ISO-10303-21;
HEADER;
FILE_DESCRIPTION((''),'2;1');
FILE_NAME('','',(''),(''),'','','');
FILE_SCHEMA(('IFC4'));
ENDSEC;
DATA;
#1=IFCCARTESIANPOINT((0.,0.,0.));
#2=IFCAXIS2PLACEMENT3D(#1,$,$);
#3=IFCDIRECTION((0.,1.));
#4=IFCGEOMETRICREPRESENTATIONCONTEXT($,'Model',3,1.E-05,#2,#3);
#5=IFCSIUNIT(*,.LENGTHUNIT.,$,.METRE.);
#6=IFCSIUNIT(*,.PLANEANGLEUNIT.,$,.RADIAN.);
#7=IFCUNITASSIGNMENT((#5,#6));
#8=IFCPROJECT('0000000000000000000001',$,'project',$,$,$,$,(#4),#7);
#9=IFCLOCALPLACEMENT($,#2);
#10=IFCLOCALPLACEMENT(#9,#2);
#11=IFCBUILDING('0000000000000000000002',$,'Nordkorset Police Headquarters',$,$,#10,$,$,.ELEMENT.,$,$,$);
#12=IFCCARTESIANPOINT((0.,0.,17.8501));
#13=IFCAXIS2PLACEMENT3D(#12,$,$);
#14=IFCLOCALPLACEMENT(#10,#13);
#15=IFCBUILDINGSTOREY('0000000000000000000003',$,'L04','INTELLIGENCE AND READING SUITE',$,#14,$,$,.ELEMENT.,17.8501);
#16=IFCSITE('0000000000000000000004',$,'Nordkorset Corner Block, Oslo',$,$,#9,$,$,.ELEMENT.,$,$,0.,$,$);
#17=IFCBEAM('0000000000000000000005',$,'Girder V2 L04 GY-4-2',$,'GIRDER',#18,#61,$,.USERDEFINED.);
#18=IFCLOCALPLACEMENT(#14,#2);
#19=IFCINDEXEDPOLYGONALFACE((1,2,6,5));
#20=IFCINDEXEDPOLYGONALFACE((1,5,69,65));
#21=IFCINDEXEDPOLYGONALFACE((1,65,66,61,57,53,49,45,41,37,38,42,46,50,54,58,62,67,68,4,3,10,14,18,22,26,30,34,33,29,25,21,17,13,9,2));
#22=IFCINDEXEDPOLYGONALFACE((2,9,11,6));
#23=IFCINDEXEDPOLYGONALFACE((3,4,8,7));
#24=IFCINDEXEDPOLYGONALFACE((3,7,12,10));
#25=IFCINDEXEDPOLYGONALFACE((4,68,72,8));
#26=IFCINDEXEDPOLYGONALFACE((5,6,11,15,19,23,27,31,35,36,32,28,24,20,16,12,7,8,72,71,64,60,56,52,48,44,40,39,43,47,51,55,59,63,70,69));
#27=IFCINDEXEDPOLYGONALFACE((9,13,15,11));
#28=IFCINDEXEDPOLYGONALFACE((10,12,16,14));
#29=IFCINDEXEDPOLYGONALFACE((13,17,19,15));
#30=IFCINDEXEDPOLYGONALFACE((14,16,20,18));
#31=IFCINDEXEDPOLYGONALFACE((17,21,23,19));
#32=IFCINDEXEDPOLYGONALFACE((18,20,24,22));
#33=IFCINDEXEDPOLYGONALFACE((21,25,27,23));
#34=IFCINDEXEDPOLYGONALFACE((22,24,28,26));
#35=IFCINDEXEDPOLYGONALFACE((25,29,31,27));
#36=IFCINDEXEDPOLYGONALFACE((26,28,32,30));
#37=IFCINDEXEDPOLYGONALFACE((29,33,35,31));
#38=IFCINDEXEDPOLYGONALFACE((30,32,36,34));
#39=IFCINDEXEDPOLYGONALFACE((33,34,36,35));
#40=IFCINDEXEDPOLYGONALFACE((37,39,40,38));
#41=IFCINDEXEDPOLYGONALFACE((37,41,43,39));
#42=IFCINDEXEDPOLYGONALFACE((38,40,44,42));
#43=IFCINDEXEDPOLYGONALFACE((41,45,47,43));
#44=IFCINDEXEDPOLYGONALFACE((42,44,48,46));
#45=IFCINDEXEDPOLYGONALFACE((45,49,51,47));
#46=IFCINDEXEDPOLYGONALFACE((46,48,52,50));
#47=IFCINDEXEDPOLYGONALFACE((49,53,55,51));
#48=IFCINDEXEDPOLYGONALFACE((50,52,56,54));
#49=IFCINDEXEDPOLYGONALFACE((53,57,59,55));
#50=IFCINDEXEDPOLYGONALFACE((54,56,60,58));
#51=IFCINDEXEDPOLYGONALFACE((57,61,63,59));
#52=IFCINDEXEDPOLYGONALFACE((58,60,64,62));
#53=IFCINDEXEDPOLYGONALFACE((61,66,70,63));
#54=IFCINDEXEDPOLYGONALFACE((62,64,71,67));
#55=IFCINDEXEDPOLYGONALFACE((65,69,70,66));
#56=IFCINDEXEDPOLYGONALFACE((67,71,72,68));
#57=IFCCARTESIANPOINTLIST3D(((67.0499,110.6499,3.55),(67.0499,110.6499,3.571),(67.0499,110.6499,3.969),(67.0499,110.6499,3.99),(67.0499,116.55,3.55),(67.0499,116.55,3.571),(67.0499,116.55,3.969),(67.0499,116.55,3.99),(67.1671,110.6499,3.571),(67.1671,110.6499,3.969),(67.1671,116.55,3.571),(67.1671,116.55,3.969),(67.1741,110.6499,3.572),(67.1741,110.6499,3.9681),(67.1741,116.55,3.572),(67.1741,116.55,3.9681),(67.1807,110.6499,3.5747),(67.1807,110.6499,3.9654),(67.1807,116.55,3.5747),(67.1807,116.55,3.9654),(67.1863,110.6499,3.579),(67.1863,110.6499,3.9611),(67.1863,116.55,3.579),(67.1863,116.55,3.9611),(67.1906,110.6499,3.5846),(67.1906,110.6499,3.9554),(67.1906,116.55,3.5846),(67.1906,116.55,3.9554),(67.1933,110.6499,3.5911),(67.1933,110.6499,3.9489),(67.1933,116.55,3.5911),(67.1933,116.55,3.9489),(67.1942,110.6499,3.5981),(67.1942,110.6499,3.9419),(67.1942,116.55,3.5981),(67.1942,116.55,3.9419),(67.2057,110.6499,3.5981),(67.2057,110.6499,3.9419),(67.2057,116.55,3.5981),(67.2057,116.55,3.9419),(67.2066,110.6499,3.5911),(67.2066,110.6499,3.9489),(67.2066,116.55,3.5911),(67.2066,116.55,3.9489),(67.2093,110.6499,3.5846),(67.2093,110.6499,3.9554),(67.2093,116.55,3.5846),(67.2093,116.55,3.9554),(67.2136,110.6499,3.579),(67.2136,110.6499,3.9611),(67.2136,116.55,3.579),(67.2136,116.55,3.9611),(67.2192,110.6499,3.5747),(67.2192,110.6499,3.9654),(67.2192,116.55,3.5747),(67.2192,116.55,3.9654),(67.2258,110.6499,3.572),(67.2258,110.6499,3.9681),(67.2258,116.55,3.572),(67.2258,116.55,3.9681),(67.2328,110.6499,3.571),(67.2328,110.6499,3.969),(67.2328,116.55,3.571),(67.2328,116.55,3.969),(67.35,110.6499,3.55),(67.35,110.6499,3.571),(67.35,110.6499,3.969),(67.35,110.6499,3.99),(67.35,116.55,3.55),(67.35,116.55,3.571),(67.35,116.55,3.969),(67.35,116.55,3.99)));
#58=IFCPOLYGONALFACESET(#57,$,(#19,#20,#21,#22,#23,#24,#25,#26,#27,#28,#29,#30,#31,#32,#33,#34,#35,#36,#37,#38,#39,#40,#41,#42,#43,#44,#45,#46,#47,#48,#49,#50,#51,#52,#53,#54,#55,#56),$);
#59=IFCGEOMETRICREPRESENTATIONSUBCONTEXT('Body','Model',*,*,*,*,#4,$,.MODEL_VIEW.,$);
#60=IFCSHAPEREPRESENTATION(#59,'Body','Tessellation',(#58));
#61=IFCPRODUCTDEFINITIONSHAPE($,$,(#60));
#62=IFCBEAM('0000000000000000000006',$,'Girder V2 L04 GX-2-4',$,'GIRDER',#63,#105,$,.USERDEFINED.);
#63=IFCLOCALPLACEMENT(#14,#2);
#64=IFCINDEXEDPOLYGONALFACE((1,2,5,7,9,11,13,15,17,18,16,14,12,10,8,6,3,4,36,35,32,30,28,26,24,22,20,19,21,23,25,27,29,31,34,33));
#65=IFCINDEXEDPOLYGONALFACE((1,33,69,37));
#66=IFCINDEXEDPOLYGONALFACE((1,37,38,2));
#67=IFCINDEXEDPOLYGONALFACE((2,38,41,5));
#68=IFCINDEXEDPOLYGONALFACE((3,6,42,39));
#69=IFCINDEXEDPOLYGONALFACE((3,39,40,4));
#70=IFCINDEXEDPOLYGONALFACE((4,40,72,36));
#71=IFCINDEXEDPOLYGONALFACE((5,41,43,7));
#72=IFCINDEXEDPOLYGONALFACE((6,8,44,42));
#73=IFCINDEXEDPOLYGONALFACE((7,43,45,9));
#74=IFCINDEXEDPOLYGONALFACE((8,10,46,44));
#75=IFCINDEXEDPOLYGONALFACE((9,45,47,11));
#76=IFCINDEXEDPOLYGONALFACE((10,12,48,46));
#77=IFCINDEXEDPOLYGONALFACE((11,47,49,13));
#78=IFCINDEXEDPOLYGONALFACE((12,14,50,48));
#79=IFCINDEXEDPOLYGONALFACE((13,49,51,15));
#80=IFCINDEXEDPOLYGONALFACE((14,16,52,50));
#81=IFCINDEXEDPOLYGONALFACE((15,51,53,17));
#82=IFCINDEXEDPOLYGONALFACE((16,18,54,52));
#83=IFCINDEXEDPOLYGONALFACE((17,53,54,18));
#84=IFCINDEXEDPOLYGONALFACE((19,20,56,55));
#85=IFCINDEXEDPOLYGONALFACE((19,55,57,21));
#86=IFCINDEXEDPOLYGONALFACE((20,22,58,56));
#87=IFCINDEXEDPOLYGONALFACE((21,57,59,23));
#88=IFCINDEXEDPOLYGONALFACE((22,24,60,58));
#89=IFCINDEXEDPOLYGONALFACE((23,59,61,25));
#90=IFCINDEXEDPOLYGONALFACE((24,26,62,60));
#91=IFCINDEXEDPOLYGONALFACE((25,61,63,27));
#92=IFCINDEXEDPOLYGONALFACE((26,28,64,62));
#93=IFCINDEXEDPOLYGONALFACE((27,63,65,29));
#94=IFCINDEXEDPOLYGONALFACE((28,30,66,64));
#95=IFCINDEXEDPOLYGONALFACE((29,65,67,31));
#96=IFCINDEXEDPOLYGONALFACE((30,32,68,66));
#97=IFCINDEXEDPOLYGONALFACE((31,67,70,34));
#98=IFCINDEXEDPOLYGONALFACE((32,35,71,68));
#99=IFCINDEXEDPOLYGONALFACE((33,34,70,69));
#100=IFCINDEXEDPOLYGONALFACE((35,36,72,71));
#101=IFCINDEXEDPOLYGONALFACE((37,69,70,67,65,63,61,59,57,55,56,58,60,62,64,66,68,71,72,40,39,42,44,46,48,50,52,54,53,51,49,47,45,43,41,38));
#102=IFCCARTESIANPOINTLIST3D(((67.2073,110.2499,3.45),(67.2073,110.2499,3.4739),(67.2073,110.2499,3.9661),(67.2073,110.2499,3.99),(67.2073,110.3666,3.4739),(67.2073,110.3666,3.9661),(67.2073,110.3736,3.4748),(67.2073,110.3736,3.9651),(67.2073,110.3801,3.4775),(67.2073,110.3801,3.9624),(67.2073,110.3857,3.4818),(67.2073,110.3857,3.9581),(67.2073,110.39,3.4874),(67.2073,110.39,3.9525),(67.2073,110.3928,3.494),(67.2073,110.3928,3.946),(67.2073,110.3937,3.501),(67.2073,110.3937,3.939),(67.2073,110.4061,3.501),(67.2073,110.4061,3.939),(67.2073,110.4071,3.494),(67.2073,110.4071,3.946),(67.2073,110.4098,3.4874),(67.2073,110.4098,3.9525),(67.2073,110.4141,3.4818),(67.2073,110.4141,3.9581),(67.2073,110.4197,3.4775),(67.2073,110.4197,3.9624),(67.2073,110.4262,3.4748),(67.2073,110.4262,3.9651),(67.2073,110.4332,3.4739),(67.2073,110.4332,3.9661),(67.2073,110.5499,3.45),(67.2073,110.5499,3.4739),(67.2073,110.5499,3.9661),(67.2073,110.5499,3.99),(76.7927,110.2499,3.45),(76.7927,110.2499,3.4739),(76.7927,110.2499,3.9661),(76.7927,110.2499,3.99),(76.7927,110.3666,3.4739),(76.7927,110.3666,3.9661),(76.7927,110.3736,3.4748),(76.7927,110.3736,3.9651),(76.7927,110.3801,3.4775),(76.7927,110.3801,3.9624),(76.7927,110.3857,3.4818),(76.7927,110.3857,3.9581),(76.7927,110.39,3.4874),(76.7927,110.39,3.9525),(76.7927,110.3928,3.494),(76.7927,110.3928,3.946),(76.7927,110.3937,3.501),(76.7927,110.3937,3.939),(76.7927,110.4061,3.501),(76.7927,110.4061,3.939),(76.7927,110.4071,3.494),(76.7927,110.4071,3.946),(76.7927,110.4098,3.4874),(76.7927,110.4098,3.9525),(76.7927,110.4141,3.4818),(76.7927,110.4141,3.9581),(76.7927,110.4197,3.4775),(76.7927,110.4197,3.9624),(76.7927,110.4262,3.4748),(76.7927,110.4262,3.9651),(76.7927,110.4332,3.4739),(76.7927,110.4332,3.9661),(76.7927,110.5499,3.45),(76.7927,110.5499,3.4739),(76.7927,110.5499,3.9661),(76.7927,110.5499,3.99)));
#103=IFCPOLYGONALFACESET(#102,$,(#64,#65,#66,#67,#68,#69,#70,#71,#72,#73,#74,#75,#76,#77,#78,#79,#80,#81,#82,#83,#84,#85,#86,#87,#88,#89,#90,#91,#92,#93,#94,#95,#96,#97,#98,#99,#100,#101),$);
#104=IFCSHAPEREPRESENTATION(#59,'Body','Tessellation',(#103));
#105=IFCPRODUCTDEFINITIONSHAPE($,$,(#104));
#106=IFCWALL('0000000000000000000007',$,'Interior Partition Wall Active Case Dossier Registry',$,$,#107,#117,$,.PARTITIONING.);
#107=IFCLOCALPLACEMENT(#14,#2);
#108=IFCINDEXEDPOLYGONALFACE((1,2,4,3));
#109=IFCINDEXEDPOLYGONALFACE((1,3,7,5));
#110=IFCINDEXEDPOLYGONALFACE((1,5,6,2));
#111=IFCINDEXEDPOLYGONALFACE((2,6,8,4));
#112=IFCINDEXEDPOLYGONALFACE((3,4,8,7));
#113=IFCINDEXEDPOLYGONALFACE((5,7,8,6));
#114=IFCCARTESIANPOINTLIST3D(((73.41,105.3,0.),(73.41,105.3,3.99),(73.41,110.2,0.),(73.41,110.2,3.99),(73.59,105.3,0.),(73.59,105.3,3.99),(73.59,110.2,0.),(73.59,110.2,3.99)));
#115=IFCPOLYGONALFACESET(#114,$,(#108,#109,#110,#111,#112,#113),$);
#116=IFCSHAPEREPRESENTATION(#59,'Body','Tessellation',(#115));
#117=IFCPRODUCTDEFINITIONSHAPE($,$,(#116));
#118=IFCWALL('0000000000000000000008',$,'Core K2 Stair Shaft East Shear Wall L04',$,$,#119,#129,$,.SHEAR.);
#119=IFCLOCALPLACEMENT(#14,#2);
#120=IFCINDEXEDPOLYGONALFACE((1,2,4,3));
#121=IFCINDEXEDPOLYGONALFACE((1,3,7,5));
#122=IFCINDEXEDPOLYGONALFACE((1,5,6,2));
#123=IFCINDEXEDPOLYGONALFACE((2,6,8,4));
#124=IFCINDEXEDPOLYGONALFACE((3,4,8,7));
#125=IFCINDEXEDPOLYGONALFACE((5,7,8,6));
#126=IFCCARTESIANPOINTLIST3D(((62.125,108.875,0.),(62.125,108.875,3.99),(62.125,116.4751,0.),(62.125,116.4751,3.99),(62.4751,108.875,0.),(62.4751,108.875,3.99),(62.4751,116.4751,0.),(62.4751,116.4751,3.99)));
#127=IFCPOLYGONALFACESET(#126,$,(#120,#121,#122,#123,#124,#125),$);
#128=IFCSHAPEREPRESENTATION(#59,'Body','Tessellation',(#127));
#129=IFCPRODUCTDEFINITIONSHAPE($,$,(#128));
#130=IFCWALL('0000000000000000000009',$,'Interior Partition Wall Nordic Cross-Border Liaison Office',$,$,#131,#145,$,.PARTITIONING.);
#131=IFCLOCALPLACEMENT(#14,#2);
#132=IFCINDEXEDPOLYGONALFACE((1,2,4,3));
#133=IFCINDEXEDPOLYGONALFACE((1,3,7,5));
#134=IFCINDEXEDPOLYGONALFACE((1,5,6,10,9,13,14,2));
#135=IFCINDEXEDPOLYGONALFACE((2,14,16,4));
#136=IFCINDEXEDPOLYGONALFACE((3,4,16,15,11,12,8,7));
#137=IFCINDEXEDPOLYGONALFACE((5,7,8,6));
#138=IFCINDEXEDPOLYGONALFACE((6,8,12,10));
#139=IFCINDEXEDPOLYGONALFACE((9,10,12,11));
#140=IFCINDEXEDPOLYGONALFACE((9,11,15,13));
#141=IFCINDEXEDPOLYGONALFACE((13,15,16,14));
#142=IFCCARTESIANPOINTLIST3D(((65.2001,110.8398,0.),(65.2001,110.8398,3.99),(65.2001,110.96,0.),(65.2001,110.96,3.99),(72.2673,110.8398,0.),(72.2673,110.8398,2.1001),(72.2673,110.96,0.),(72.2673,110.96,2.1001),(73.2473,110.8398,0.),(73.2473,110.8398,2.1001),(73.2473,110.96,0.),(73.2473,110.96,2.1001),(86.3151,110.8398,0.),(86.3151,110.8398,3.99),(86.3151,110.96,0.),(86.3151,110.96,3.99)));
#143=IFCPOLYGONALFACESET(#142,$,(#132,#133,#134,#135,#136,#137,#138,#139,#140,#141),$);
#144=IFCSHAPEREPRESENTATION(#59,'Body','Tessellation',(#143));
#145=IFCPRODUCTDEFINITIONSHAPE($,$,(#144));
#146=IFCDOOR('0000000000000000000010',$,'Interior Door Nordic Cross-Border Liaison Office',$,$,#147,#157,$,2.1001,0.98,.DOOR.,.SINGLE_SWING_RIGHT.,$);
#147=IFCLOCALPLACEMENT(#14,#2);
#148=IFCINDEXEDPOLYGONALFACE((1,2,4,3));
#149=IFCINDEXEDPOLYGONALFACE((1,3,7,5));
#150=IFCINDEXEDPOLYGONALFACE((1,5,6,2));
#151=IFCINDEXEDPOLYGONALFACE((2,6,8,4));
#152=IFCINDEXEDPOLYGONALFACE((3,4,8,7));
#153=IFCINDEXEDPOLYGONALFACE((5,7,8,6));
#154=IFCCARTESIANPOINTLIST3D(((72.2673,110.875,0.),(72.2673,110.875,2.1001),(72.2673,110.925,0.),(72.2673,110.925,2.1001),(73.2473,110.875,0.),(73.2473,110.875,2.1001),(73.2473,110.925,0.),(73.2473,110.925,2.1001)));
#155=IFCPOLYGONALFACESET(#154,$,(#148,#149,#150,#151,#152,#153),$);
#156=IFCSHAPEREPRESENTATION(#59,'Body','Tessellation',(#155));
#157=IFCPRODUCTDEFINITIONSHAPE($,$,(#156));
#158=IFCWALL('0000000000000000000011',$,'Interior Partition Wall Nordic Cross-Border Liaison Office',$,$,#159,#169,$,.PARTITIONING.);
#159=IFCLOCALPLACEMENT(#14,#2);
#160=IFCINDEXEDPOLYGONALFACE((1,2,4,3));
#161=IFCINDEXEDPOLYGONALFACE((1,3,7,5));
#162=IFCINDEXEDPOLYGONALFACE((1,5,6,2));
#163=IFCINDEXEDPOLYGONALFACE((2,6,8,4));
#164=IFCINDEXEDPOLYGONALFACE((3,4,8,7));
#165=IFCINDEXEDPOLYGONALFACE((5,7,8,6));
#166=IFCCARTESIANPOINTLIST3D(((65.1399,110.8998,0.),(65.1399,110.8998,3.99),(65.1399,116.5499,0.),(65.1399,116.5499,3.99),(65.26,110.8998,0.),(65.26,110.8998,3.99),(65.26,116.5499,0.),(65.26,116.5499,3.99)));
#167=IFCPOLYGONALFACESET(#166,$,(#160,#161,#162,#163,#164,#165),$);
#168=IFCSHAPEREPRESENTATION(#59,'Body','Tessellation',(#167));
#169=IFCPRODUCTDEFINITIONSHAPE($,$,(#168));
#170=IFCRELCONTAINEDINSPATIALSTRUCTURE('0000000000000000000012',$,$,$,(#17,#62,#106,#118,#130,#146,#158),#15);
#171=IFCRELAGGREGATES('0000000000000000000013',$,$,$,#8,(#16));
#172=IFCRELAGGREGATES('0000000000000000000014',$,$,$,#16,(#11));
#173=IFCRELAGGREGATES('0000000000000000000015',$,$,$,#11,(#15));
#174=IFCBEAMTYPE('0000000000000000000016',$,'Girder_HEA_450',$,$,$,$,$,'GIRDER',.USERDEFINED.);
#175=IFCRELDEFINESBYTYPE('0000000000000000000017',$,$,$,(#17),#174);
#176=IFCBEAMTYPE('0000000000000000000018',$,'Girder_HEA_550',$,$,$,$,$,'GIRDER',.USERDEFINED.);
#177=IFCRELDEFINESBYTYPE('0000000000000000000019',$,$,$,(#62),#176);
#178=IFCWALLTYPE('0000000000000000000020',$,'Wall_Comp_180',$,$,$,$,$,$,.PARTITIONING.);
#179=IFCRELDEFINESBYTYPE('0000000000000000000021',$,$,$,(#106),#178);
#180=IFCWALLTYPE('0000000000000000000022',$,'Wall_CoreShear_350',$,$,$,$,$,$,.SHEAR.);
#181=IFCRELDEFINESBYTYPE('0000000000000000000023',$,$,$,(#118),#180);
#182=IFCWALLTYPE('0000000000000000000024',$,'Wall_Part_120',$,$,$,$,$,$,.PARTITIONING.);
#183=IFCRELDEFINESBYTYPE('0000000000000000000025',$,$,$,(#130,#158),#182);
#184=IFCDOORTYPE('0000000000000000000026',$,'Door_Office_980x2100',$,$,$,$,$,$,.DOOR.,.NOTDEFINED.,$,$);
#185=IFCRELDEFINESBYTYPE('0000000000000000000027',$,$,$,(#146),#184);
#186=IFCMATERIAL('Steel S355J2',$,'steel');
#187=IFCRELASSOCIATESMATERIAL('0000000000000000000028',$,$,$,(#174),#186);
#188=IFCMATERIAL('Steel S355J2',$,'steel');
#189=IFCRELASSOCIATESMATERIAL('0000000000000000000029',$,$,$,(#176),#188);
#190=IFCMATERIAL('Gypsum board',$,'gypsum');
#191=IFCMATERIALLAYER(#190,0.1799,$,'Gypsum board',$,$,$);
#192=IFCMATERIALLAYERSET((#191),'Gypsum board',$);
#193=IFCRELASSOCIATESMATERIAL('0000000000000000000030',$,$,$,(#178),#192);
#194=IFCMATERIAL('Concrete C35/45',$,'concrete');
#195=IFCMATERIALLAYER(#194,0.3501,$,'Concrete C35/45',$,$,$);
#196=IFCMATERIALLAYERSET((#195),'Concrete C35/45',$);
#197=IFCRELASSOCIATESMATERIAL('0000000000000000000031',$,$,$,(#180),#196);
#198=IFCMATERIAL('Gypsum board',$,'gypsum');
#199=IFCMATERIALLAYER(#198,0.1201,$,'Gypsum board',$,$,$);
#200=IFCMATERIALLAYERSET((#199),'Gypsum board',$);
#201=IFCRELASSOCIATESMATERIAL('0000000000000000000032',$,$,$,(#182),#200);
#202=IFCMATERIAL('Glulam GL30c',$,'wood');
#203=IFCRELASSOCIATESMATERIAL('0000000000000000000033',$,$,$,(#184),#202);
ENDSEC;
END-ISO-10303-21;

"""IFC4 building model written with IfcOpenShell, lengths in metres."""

from ifc_helpers import new_model, si_unit, direction, frame, frame_2d, origin, origin_2d, place, context, subcontext, project, spatial, rectangle, i_section, extrude, material, layer, layer_set, material_profile, profile_set, type_object, element, fill, save


model = new_model("IFC4")

# Units and contexts
model_context = context("Model", 3, precision=1e-05, world=origin(), true_north=direction((0.0, 1.0)))
body_context = subcontext(model_context, "Body", "Model", "MODEL_VIEW")
ifc_project = project(units=[si_unit("LENGTHUNIT", "METRE"), si_unit("PLANEANGLEUNIT", "RADIAN")], contexts=[model_context])

# Site, building, storey
site_placement = place(None, origin())
site = spatial("IfcSite", under=ifc_project, at=site_placement, Name="Nordkorset Corner Block, Oslo", CompositionType="ELEMENT", RefElevation=0.0)
building_placement = place(site_placement, origin())
building = spatial("IfcBuilding", under=site, at=building_placement, Name="Nordkorset Police Headquarters", CompositionType="ELEMENT")
storey_placement = place(building_placement, frame((0.0, 0.0, 17.8501)))
storey = spatial("IfcBuildingStorey", under=building, at=storey_placement, Name="L04", Description="INTELLIGENCE AND READING SUITE", CompositionType="ELEMENT", Elevation=17.8501)

# Beams
ifc_material_1 = material(Name="Steel S355J2", Category="steel")
ifc_material_profile_1 = material_profile(ifc_material_1, i_section(OverallWidth=0.3, OverallDepth=0.4399, WebThickness=0.0115, FlangeThickness=0.021, FilletRadius=0.0271, at=origin_2d()), Name="HEA 450")
ifc_profile_set_1 = profile_set([ifc_material_profile_1], Name="Steel S355J2")
beam_type_1 = type_object("IfcBeamType", Name="Girder_HEA_450", ElementType="GIRDER", PredefinedType="USERDEFINED", material=ifc_profile_set_1)
beam_1_placement = place(storey_placement, frame((67.2, 110.6499, 3.77), z_axis=(0.0, 1.0, 0.0), x_axis=(-1.0, 0.0, 0.0)))
element("IfcBeam", 1, at=beam_1_placement, inside=storey, type_object=beam_type_1, Name="Girder V2 L04 GY-4-2", ObjectType="GIRDER", PredefinedType="USERDEFINED", context=body_context, shape_type="SweptSolid", body=[
    extrude(i_section(OverallWidth=0.3, OverallDepth=0.4399, WebThickness=0.0115, FlangeThickness=0.021, FilletRadius=0.0271, at=origin_2d()), origin(), (0.0, 0.0, 1.0), 5.9001),
])
ifc_material_2 = material(Name="Steel S355J2", Category="steel")
ifc_material_profile_2 = material_profile(ifc_material_2, i_section(OverallWidth=0.3, OverallDepth=0.54, WebThickness=0.0125, FlangeThickness=0.0239, FilletRadius=0.0271, at=origin_2d()), Name="HEA 550")
ifc_profile_set_2 = profile_set([ifc_material_profile_2], Name="Steel S355J2")
beam_type_2 = type_object("IfcBeamType", Name="Girder_HEA_550", ElementType="GIRDER", PredefinedType="USERDEFINED", material=ifc_profile_set_2)
beam_2_placement = place(storey_placement, frame((67.2073, 110.3999, 3.72), z_axis=(1.0, 0.0, 0.0), x_axis=(0.0, 1.0, 0.0)))
element("IfcBeam", 2, at=beam_2_placement, inside=storey, type_object=beam_type_2, Name="Girder V2 L04 GX-2-4", ObjectType="GIRDER", PredefinedType="USERDEFINED", context=body_context, shape_type="SweptSolid", body=[
    extrude(i_section(OverallWidth=0.3, OverallDepth=0.54, WebThickness=0.0125, FlangeThickness=0.0239, FilletRadius=0.0271, at=origin_2d()), origin(), (0.0, 0.0, 1.0), 9.5854),
])

# Walls
ifc_material_3 = material(Name="Gypsum board", Category="gypsum")
ifc_layer_1 = layer(ifc_material_3, 0.1799, Name="Gypsum board")
ifc_layer_set_1 = layer_set([ifc_layer_1], Name="Gypsum board")
wall_type_1 = type_object("IfcWallType", Name="Wall_Comp_180", PredefinedType="PARTITIONING", material=ifc_layer_set_1)
wall_1_placement = place(storey_placement, frame((73.5, 110.2, 0.0), z_axis=(0.0, 0.0, 1.0), x_axis=(0.0, -1.0, 0.0)))
element("IfcWall", 3, at=wall_1_placement, inside=storey, type_object=wall_type_1, Name="Interior Partition Wall Active Case Dossier Registry", PredefinedType="PARTITIONING", context=body_context, shape_type="SweptSolid", body=[
    extrude(rectangle(XDim=4.8999, YDim=0.1799, at=frame_2d((2.45, 0.0))), origin(), (0.0, 0.0, 1.0), 3.99),
])
ifc_material_4 = material(Name="Concrete C35/45", Category="concrete")
ifc_layer_2 = layer(ifc_material_4, 0.3501, Name="Concrete C35/45")
ifc_layer_set_2 = layer_set([ifc_layer_2], Name="Concrete C35/45")
wall_type_2 = type_object("IfcWallType", Name="Wall_CoreShear_350", PredefinedType="SHEAR", material=ifc_layer_set_2)
wall_2_placement = place(storey_placement, frame((62.3, 108.875, 0.0), z_axis=(0.0, 0.0, 1.0), x_axis=(0.0, 1.0, 0.0)))
element("IfcWall", 4, at=wall_2_placement, inside=storey, type_object=wall_type_2, Name="Core K2 Stair Shaft East Shear Wall L04", PredefinedType="SHEAR", context=body_context, shape_type="SweptSolid", body=[
    extrude(rectangle(XDim=7.6001, YDim=0.3501, at=frame_2d((3.8, 0.0))), origin(), (0.0, 0.0, 1.0), 3.99),
])

# Wall, opening, door
ifc_material_5 = material(Name="Gypsum board", Category="gypsum")
ifc_layer_3 = layer(ifc_material_5, 0.1201, Name="Gypsum board")
ifc_layer_set_3 = layer_set([ifc_layer_3], Name="Gypsum board")
wall_type_3 = type_object("IfcWallType", Name="Wall_Part_120", PredefinedType="PARTITIONING", material=ifc_layer_set_3)
wall_3_placement = place(storey_placement, frame((65.2, 110.8999, 0.0), z_axis=(0.0, 0.0, 1.0), x_axis=(1.0, 0.0, 0.0)))
wall_3 = element("IfcWall", 5, at=wall_3_placement, inside=storey, type_object=wall_type_3, Name="Interior Partition Wall Nordic Cross-Border Liaison Office", PredefinedType="PARTITIONING", context=body_context, shape_type="SweptSolid", body=[
    extrude(rectangle(XDim=21.115, YDim=0.1201, at=frame_2d((10.5576, 0.0))), origin(), (0.0, 0.0, 1.0), 3.99),
])
opening_1_placement = place(wall_3_placement, frame((7.0674, 0.0, 0.0)))
opening_1 = element("IfcOpeningElement", 6, at=opening_1_placement, cuts=wall_3, PredefinedType="OPENING", context=body_context, shape_type="SweptSolid", body=[
    extrude(rectangle(XDim=0.98, YDim=2.1001, at=frame_2d((0.49, 1.05))), frame((0.0, 0.0701, 0.0), z_axis=(0.0, -1.0, 0.0), x_axis=(1.0, 0.0, 0.0)), (0.0, 0.0, 1.0), 0.1401),
])
ifc_material_6 = material(Name="Glulam GL30c", Category="wood")
door_type_1 = type_object("IfcDoorType", Name="Door_Office_980x2100", OperationType="NOTDEFINED", PredefinedType="DOOR", material=ifc_material_6)
door_1_placement = place(opening_1_placement, frame((0.98, 0.0, 0.0), z_axis=(0.0, 0.0, 1.0), x_axis=(-1.0, 0.0, 0.0)))
door_1 = element("IfcDoor", 7, at=door_1_placement, inside=storey, type_object=door_type_1, Name="Interior Door Nordic Cross-Border Liaison Office", OperationType="SINGLE_SWING_RIGHT", OverallHeight=2.1001, OverallWidth=0.98, PredefinedType="DOOR", context=body_context, shape_type="SweptSolid", body=[
    extrude(rectangle(XDim=0.98, YDim=2.1001, at=frame_2d((0.49, 1.05))), frame((0.0, 0.0249, 0.0), z_axis=(0.0, -1.0, 0.0), x_axis=(1.0, 0.0, 0.0)), (0.0, 0.0, 1.0), 0.05),
])
fill(opening_1, door_1)

# Wall
wall_4_placement = place(storey_placement, frame((65.2, 116.55, 0.0), z_axis=(0.0, 0.0, 1.0), x_axis=(0.0, -1.0, 0.0)))
element("IfcWall", 8, at=wall_4_placement, inside=storey, type_object=wall_type_3, Name="Interior Partition Wall Nordic Cross-Border Liaison Office", PredefinedType="PARTITIONING", context=body_context, shape_type="SweptSolid", body=[
    extrude(rectangle(XDim=5.6501, YDim=0.1201, at=frame_2d((2.8252, 0.0))), origin(), (0.0, 0.0, 1.0), 3.99),
])

save(model, "model.ifc")
